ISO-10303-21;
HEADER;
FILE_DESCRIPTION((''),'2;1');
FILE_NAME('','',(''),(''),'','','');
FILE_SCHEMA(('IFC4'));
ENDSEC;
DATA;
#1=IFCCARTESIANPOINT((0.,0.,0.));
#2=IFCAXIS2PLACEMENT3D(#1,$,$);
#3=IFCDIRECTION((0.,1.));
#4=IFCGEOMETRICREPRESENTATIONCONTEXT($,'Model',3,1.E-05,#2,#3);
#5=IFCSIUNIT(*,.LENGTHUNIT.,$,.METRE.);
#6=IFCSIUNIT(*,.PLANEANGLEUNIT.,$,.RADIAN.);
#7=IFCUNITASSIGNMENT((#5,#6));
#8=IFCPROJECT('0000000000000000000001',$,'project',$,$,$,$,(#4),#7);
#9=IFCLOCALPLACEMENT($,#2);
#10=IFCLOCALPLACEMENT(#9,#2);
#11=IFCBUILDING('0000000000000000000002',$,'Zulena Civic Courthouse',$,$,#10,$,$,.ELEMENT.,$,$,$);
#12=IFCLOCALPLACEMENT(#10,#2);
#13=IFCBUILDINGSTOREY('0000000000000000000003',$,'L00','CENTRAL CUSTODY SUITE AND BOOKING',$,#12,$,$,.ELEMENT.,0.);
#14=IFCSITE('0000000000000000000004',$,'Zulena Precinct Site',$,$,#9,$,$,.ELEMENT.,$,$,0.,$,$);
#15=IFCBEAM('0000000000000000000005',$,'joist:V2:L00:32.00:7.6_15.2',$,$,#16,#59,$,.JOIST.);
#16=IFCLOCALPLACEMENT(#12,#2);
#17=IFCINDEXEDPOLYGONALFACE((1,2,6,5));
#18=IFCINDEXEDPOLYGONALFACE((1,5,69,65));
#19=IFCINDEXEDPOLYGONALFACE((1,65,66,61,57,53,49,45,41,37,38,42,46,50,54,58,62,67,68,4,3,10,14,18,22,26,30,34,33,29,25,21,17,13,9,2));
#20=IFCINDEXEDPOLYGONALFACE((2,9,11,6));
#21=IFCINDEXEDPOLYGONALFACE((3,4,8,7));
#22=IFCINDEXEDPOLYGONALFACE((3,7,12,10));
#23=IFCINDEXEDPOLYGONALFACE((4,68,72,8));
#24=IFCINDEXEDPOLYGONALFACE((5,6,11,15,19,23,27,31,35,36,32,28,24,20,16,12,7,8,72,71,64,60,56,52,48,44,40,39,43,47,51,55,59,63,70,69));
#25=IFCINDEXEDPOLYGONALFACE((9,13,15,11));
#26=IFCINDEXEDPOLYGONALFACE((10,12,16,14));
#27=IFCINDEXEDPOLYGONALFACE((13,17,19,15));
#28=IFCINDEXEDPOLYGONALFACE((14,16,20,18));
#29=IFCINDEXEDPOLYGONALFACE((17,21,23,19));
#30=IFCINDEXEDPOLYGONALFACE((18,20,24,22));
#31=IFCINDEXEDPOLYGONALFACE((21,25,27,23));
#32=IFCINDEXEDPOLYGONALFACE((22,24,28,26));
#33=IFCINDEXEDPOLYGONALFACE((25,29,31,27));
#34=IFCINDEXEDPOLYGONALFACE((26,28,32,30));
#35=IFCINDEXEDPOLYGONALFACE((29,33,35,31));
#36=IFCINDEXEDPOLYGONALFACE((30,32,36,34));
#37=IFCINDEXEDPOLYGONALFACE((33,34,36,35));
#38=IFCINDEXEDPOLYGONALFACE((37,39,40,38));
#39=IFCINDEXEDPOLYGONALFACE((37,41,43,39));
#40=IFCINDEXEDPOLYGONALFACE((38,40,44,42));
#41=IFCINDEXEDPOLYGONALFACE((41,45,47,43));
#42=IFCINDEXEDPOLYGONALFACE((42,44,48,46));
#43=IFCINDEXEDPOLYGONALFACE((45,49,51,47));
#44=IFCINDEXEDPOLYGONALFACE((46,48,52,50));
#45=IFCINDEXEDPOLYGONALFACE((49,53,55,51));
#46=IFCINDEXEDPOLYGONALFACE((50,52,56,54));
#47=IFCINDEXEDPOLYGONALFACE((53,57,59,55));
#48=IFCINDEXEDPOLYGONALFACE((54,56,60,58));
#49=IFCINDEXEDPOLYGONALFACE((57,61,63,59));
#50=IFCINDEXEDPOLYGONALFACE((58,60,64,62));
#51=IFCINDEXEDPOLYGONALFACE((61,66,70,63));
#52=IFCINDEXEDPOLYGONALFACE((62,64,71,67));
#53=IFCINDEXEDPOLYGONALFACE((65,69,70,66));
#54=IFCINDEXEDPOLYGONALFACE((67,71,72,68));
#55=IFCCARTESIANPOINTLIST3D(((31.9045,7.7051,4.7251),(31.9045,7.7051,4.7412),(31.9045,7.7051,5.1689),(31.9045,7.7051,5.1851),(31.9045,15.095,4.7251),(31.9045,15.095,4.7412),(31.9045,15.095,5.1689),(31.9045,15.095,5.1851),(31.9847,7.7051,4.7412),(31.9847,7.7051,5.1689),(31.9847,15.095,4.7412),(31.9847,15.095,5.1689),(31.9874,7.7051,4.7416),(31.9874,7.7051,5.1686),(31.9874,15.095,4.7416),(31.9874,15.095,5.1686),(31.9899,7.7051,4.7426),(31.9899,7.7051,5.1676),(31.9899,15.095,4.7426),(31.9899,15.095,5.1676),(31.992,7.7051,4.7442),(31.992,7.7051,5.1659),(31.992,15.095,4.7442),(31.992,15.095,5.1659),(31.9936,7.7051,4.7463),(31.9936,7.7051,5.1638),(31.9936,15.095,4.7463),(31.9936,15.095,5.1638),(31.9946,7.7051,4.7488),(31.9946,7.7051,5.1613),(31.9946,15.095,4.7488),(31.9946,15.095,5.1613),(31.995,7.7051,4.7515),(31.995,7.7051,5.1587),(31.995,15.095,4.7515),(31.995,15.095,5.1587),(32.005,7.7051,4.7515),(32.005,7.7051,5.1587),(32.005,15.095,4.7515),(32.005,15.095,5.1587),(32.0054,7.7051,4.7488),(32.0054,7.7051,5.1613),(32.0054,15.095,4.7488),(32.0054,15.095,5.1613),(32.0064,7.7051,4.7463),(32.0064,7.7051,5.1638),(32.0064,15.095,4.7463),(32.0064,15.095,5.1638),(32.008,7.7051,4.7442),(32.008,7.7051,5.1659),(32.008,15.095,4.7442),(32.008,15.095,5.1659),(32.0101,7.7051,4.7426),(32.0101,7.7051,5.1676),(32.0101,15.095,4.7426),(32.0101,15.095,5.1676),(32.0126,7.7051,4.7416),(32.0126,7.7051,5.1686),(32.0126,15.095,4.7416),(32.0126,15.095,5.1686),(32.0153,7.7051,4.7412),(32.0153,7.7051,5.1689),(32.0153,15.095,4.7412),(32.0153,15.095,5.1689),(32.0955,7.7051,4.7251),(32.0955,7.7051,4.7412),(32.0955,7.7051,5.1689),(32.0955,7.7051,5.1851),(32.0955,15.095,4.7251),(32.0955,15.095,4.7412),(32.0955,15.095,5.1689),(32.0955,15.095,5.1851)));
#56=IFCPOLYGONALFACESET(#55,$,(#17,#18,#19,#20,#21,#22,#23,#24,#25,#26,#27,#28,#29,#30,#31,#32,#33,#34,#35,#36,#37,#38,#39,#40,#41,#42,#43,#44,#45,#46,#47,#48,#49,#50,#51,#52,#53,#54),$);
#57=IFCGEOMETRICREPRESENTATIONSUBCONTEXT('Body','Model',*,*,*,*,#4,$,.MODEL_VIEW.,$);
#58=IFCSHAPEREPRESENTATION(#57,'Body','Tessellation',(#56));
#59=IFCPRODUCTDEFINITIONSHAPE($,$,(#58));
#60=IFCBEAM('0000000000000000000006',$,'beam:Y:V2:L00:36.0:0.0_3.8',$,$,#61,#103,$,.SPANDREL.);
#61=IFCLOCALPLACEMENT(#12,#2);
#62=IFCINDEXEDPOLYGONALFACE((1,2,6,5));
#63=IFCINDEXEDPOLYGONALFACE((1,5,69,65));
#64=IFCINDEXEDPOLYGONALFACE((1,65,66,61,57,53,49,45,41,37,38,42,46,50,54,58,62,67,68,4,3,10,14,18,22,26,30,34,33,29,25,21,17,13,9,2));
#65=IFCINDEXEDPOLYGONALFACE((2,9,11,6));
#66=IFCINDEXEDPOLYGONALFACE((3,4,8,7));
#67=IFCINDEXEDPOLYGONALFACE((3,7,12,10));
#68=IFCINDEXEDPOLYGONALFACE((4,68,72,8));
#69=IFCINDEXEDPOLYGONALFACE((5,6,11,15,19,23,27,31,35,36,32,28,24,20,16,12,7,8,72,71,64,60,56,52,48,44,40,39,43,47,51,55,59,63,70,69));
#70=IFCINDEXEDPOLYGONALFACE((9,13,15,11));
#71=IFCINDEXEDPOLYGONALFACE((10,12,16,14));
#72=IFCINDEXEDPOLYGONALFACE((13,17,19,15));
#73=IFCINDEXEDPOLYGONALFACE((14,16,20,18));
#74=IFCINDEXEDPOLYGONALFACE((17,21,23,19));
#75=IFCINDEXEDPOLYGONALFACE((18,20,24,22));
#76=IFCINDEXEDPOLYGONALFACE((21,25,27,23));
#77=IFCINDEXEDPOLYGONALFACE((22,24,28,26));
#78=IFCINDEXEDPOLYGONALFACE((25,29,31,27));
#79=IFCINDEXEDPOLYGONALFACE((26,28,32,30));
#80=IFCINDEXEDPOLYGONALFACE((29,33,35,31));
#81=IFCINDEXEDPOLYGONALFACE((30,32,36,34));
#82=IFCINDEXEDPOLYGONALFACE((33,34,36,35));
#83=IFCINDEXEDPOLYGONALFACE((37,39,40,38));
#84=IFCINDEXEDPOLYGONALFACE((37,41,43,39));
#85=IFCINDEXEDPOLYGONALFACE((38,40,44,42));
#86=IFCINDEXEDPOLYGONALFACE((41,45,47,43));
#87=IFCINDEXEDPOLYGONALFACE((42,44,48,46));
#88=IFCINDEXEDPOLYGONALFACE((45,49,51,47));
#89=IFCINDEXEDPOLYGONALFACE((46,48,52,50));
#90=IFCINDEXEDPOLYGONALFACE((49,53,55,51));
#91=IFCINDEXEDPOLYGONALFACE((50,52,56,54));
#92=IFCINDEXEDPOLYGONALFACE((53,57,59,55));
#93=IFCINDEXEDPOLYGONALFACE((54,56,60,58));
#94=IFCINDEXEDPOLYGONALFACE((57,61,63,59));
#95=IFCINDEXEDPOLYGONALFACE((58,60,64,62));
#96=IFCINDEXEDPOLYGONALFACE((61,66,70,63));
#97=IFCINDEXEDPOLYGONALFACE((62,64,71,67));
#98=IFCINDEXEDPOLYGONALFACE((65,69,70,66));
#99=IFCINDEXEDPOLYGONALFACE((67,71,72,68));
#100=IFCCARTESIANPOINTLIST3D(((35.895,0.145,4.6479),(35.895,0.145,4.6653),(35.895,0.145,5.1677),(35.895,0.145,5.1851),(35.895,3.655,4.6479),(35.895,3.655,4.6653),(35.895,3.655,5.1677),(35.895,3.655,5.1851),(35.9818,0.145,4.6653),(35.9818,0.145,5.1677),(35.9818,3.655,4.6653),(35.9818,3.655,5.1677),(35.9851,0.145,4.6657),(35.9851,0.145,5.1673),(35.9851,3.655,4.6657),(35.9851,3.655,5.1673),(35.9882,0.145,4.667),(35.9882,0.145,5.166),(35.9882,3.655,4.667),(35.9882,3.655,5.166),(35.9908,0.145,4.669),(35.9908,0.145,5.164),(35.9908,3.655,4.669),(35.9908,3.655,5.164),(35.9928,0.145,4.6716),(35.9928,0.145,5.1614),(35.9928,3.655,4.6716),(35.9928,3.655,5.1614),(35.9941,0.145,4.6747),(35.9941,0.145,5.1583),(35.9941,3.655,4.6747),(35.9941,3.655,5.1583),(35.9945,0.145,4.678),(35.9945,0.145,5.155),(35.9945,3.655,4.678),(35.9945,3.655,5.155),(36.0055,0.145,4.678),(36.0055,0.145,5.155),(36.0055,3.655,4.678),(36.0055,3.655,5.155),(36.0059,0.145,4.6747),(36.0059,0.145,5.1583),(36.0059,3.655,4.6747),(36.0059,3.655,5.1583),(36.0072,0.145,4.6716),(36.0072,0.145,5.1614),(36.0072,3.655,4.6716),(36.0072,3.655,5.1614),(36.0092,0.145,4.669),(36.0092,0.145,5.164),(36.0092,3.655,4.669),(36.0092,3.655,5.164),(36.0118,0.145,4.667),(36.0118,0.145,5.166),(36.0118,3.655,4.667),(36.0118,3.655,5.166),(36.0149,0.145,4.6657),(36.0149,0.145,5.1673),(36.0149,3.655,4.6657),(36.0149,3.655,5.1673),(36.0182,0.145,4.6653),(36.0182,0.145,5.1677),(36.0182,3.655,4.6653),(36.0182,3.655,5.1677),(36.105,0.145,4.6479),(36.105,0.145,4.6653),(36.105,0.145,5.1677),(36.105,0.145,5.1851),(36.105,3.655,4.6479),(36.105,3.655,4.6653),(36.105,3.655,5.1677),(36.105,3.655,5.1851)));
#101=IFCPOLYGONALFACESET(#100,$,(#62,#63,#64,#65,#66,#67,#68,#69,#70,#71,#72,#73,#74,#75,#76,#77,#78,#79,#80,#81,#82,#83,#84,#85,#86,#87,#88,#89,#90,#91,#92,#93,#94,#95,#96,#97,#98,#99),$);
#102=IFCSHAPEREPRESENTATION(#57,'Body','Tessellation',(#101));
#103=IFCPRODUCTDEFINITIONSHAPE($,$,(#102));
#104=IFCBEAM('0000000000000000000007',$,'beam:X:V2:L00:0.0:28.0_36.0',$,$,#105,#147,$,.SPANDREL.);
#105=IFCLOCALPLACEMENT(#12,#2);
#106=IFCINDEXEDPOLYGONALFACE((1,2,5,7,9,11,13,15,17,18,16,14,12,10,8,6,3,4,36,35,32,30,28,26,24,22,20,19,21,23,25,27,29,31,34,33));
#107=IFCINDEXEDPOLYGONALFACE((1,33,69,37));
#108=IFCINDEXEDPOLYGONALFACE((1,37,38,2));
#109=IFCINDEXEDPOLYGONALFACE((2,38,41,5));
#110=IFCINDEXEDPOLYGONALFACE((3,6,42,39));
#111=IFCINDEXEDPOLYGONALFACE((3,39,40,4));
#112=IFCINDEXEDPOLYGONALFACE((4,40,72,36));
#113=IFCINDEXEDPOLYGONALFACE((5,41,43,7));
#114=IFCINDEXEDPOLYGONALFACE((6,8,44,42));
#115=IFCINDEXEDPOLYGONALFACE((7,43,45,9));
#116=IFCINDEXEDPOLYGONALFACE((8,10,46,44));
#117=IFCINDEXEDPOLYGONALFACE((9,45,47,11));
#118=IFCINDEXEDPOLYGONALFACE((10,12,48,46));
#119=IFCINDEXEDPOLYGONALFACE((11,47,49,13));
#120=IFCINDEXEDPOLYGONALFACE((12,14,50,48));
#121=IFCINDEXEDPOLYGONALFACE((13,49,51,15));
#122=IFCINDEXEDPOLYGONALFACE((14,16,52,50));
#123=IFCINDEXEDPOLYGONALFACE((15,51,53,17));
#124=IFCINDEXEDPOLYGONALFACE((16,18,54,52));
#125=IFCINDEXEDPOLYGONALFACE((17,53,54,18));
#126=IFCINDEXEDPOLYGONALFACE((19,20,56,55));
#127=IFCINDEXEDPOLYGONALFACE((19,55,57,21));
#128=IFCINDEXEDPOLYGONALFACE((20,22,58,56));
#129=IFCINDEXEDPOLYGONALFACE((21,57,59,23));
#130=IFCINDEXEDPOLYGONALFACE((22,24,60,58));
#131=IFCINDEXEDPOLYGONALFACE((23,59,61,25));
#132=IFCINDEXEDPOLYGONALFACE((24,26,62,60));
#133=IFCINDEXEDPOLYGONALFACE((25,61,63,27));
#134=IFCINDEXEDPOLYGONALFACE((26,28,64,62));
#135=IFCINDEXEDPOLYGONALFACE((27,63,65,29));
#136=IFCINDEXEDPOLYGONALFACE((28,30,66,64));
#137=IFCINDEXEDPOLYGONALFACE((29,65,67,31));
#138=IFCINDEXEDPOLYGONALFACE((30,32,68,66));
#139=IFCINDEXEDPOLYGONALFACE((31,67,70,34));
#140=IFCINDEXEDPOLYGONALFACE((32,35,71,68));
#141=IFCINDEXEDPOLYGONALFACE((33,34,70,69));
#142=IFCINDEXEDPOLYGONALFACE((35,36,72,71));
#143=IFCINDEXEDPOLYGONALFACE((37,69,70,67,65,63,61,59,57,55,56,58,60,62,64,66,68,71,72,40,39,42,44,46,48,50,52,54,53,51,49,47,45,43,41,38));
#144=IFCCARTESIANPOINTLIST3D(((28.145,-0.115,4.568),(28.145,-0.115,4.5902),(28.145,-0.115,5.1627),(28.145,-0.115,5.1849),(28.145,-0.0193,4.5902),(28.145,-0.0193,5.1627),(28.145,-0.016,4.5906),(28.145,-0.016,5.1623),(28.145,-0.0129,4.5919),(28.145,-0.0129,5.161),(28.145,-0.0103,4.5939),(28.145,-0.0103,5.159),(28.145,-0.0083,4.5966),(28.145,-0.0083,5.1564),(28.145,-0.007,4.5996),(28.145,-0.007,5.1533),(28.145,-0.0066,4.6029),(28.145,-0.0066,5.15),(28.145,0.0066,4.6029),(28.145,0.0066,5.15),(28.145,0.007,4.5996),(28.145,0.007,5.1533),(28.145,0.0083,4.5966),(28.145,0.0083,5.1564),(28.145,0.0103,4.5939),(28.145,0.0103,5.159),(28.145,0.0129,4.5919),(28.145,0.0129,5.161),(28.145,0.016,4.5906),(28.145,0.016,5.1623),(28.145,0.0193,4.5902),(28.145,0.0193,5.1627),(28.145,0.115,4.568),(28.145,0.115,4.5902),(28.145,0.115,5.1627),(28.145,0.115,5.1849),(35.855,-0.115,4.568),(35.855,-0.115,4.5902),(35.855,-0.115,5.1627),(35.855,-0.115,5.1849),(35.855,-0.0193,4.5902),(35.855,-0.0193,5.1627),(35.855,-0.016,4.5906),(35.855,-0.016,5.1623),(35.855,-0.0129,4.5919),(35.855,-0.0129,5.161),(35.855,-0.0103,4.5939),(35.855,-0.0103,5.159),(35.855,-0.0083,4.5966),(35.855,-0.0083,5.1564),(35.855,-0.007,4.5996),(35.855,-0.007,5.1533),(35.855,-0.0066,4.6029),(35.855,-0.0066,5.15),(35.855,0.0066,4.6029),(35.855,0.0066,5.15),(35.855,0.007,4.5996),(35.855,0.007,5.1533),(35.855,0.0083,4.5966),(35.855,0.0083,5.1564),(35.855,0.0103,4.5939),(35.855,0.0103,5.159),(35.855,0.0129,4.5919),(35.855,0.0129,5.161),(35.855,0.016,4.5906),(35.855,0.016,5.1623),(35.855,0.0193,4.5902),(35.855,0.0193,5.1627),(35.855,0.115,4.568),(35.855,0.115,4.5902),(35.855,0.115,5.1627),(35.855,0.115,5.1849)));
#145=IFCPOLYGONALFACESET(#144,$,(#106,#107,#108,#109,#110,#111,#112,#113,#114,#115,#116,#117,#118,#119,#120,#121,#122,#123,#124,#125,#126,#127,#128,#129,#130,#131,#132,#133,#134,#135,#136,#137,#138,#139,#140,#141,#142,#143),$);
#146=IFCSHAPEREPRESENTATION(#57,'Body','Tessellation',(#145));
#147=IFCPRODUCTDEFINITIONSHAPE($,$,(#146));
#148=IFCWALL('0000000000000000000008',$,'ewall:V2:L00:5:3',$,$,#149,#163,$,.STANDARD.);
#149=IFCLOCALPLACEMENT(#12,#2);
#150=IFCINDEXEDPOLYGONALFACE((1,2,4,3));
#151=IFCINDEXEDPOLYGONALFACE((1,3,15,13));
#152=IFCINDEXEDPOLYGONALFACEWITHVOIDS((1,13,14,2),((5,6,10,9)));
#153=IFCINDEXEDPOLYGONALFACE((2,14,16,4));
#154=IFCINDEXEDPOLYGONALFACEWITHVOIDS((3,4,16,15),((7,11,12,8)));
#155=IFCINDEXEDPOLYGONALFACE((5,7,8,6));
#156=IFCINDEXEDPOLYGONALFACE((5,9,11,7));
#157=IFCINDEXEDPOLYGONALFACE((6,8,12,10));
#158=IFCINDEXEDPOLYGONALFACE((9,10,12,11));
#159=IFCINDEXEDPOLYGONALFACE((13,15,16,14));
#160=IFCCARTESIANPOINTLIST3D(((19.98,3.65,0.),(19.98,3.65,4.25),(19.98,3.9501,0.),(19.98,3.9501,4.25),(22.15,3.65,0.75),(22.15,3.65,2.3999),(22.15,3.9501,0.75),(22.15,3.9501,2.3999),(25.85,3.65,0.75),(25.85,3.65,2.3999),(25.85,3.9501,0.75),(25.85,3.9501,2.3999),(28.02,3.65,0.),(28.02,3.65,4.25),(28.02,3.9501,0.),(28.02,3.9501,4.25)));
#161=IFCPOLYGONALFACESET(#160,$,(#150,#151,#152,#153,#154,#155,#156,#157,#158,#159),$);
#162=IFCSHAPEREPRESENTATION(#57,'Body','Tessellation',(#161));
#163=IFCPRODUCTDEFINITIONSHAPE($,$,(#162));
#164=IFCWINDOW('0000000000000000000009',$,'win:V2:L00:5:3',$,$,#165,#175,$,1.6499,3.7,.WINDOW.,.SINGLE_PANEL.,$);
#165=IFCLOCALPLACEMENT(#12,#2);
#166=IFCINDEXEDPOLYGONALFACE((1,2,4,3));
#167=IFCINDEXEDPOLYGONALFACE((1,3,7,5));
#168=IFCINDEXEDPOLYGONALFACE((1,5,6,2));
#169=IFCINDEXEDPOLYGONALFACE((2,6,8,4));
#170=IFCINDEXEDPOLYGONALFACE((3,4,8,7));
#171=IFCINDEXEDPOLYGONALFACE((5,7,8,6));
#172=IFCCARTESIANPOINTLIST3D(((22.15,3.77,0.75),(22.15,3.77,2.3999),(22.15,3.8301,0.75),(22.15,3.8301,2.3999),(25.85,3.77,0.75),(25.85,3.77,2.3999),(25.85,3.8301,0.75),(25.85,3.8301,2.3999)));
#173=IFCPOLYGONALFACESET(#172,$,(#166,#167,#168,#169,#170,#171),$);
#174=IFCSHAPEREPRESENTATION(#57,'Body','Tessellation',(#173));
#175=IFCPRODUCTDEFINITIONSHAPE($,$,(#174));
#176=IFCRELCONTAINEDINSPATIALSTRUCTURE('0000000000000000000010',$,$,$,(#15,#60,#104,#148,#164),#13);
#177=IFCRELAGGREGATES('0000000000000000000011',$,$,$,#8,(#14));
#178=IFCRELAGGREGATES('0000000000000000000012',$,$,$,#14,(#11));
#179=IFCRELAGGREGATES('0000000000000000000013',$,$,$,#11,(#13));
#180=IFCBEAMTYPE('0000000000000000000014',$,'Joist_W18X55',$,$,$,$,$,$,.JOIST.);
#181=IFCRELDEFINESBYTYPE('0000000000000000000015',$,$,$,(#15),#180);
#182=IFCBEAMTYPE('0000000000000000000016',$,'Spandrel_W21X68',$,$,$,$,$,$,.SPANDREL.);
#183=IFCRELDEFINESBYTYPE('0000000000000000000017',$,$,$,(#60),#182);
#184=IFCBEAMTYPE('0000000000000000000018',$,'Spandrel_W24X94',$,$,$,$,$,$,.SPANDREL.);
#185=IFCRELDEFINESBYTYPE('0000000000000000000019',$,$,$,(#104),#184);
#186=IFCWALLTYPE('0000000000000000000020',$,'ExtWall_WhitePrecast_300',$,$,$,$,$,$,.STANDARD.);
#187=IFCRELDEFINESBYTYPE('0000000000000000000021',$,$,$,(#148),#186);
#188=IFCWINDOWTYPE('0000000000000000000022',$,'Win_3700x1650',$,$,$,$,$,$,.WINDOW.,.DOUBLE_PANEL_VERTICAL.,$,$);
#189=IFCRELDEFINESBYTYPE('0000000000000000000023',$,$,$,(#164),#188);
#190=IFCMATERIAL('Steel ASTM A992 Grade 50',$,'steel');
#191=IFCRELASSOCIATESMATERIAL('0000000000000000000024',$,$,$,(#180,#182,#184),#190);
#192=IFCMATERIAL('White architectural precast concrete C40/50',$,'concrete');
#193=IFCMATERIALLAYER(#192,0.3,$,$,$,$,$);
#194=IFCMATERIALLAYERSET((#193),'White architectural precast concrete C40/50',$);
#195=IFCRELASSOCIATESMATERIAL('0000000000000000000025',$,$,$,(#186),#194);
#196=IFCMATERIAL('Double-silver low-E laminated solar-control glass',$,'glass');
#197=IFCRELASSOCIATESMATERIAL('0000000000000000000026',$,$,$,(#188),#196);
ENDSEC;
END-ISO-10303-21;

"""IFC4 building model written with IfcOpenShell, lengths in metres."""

from ifc_helpers import new_model, si_unit, direction, frame, frame_2d, origin, origin_2d, place, context, subcontext, project, spatial, rectangle, i_section, extrude, material, layer, layer_set, material_profile, profile_set, type_object, element, fill, save


model = new_model("IFC4")

# Units and contexts
model_context = context("Model", 3, precision=1e-05, world=origin(), true_north=direction((0.0, 1.0)))
body_context = subcontext(model_context, "Body", "Model", "MODEL_VIEW")
ifc_project = project(units=[si_unit("LENGTHUNIT", "METRE"), si_unit("PLANEANGLEUNIT", "RADIAN")], contexts=[model_context])

# Site, building, storey
site_placement = place(None, origin())
site = spatial("IfcSite", under=ifc_project, at=site_placement, Name="Zulena Precinct Site", CompositionType="ELEMENT", RefElevation=0.0)
building_placement = place(site_placement, origin())
building = spatial("IfcBuilding", under=site, at=building_placement, Name="Zulena Civic Courthouse", CompositionType="ELEMENT")
storey_placement = place(building_placement, origin())
storey = spatial("IfcBuildingStorey", under=building, at=storey_placement, Name="L00", Description="CENTRAL CUSTODY SUITE AND BOOKING", CompositionType="ELEMENT", Elevation=0.0)

# Shared definitions
ifc_material_1 = material(Name="Steel ASTM A992 Grade 50", Category="steel")

# Beams
ifc_material_profile_1 = material_profile(ifc_material_1, i_section(OverallWidth=0.1909, OverallDepth=0.46, WebThickness=0.01, FlangeThickness=0.0161, FilletRadius=0.0103, at=origin_2d()), Name="W18X55")
ifc_profile_set_1 = profile_set([ifc_material_profile_1], Name="Steel ASTM A992 Grade 50")
beam_type_1 = type_object("IfcBeamType", Name="Joist_W18X55", PredefinedType="JOIST", material=ifc_profile_set_1)
beam_1_placement = place(storey_placement, frame((32.0, 7.7051, 4.9551), z_axis=(0.0, 1.0, 0.0), x_axis=(-1.0, 0.0, 0.0)))
element("IfcBeam", 1, at=beam_1_placement, inside=storey, type_object=beam_type_1, Name="joist:V2:L00:32.00:7.6_15.2", PredefinedType="JOIST", context=body_context, shape_type="SweptSolid", body=[
    extrude(i_section(OverallWidth=0.1909, OverallDepth=0.46, WebThickness=0.01, FlangeThickness=0.0161, FilletRadius=0.0103, at=origin_2d()), origin(), (0.0, 0.0, 1.0), 7.3899),
])
ifc_material_profile_2 = material_profile(ifc_material_1, i_section(OverallWidth=0.21, OverallDepth=0.5371, WebThickness=0.011, FlangeThickness=0.0173, FilletRadius=0.0127, at=origin_2d()), Name="W21X68")
ifc_profile_set_2 = profile_set([ifc_material_profile_2], Name="Steel ASTM A992 Grade 50")
beam_type_2 = type_object("IfcBeamType", Name="Spandrel_W21X68", PredefinedType="SPANDREL", material=ifc_profile_set_2)
beam_2_placement = place(storey_placement, frame((36.0, 0.145, 4.9165), z_axis=(0.0, 1.0, 0.0), x_axis=(-1.0, 0.0, 0.0)))
element("IfcBeam", 2, at=beam_2_placement, inside=storey, type_object=beam_type_2, Name="beam:Y:V2:L00:36.0:0.0_3.8", PredefinedType="SPANDREL", context=body_context, shape_type="SweptSolid", body=[
    extrude(i_section(OverallWidth=0.21, OverallDepth=0.5371, WebThickness=0.011, FlangeThickness=0.0173, FilletRadius=0.0127, at=origin_2d()), origin(), (0.0, 0.0, 1.0), 3.51),
])
ifc_material_profile_3 = material_profile(ifc_material_1, i_section(OverallWidth=0.23, OverallDepth=0.6169, WebThickness=0.0132, FlangeThickness=0.0222, FilletRadius=0.0127, at=origin_2d()), Name="W24X94")
ifc_profile_set_3 = profile_set([ifc_material_profile_3], Name="Steel ASTM A992 Grade 50")
beam_type_3 = type_object("IfcBeamType", Name="Spandrel_W24X94", PredefinedType="SPANDREL", material=ifc_profile_set_3)
beam_3_placement = place(storey_placement, frame((28.145, 0.0, 4.8765), z_axis=(1.0, 0.0, 0.0), x_axis=(0.0, 1.0, 0.0)))
element("IfcBeam", 3, at=beam_3_placement, inside=storey, type_object=beam_type_3, Name="beam:X:V2:L00:0.0:28.0_36.0", PredefinedType="SPANDREL", context=body_context, shape_type="SweptSolid", body=[
    extrude(i_section(OverallWidth=0.23, OverallDepth=0.6169, WebThickness=0.0132, FlangeThickness=0.0222, FilletRadius=0.0127, at=origin_2d()), origin(), (0.0, 0.0, 1.0), 7.71),
])

# Wall, opening, window
ifc_material_2 = material(Name="White architectural precast concrete C40/50", Category="concrete")
ifc_layer_1 = layer(ifc_material_2, 0.3)
ifc_layer_set_1 = layer_set([ifc_layer_1], Name="White architectural precast concrete C40/50")
wall_type_1 = type_object("IfcWallType", Name="ExtWall_WhitePrecast_300", PredefinedType="STANDARD", material=ifc_layer_set_1)
wall_1_placement = place(storey_placement, frame((28.02, 3.8, 0.0), z_axis=(0.0, 0.0, 1.0), x_axis=(-1.0, 0.0, 0.0)))
wall_1 = element("IfcWall", 4, at=wall_1_placement, inside=storey, type_object=wall_type_1, Name="ewall:V2:L00:5:3", PredefinedType="STANDARD", context=body_context, shape_type="SweptSolid", body=[
    extrude(rectangle(XDim=8.04, YDim=0.3, at=frame_2d((4.02, 0.0))), origin(), (0.0, 0.0, 1.0), 4.25),
])
opening_placement = place(wall_1_placement, frame((2.1699, 0.0, 0.75)))
opening = element("IfcOpeningElement", 5, at=opening_placement, cuts=wall_1, PredefinedType="OPENING", context=body_context, shape_type="SweptSolid", body=[
    extrude(rectangle(XDim=3.7, YDim=1.6499, at=frame_2d((1.8501, 0.825))), frame((0.0, 0.1599, 0.0), z_axis=(0.0, -1.0, 0.0), x_axis=(1.0, 0.0, 0.0)), (0.0, 0.0, 1.0), 0.3201),
])
ifc_material_3 = material(Name="Double-silver low-E laminated solar-control glass", Category="glass")
window_type = type_object("IfcWindowType", Name="Win_3700x1650", PartitioningType="DOUBLE_PANEL_VERTICAL", PredefinedType="WINDOW", material=ifc_material_3)
window_placement = place(opening_placement, origin())
window = element("IfcWindow", 6, at=window_placement, inside=storey, type_object=window_type, Name="win:V2:L00:5:3", OverallHeight=1.6499, OverallWidth=3.7, PartitioningType="SINGLE_PANEL", PredefinedType="WINDOW", context=body_context, shape_type="SweptSolid", body=[
    extrude(rectangle(XDim=3.7, YDim=1.6499, at=frame_2d((1.8501, 0.825))), frame((0.0, 0.03, 0.0), z_axis=(0.0, -1.0, 0.0), x_axis=(1.0, 0.0, 0.0)), (0.0, 0.0, 1.0), 0.0601),
])
fill(opening, window)

save(model, "model.ifc")
